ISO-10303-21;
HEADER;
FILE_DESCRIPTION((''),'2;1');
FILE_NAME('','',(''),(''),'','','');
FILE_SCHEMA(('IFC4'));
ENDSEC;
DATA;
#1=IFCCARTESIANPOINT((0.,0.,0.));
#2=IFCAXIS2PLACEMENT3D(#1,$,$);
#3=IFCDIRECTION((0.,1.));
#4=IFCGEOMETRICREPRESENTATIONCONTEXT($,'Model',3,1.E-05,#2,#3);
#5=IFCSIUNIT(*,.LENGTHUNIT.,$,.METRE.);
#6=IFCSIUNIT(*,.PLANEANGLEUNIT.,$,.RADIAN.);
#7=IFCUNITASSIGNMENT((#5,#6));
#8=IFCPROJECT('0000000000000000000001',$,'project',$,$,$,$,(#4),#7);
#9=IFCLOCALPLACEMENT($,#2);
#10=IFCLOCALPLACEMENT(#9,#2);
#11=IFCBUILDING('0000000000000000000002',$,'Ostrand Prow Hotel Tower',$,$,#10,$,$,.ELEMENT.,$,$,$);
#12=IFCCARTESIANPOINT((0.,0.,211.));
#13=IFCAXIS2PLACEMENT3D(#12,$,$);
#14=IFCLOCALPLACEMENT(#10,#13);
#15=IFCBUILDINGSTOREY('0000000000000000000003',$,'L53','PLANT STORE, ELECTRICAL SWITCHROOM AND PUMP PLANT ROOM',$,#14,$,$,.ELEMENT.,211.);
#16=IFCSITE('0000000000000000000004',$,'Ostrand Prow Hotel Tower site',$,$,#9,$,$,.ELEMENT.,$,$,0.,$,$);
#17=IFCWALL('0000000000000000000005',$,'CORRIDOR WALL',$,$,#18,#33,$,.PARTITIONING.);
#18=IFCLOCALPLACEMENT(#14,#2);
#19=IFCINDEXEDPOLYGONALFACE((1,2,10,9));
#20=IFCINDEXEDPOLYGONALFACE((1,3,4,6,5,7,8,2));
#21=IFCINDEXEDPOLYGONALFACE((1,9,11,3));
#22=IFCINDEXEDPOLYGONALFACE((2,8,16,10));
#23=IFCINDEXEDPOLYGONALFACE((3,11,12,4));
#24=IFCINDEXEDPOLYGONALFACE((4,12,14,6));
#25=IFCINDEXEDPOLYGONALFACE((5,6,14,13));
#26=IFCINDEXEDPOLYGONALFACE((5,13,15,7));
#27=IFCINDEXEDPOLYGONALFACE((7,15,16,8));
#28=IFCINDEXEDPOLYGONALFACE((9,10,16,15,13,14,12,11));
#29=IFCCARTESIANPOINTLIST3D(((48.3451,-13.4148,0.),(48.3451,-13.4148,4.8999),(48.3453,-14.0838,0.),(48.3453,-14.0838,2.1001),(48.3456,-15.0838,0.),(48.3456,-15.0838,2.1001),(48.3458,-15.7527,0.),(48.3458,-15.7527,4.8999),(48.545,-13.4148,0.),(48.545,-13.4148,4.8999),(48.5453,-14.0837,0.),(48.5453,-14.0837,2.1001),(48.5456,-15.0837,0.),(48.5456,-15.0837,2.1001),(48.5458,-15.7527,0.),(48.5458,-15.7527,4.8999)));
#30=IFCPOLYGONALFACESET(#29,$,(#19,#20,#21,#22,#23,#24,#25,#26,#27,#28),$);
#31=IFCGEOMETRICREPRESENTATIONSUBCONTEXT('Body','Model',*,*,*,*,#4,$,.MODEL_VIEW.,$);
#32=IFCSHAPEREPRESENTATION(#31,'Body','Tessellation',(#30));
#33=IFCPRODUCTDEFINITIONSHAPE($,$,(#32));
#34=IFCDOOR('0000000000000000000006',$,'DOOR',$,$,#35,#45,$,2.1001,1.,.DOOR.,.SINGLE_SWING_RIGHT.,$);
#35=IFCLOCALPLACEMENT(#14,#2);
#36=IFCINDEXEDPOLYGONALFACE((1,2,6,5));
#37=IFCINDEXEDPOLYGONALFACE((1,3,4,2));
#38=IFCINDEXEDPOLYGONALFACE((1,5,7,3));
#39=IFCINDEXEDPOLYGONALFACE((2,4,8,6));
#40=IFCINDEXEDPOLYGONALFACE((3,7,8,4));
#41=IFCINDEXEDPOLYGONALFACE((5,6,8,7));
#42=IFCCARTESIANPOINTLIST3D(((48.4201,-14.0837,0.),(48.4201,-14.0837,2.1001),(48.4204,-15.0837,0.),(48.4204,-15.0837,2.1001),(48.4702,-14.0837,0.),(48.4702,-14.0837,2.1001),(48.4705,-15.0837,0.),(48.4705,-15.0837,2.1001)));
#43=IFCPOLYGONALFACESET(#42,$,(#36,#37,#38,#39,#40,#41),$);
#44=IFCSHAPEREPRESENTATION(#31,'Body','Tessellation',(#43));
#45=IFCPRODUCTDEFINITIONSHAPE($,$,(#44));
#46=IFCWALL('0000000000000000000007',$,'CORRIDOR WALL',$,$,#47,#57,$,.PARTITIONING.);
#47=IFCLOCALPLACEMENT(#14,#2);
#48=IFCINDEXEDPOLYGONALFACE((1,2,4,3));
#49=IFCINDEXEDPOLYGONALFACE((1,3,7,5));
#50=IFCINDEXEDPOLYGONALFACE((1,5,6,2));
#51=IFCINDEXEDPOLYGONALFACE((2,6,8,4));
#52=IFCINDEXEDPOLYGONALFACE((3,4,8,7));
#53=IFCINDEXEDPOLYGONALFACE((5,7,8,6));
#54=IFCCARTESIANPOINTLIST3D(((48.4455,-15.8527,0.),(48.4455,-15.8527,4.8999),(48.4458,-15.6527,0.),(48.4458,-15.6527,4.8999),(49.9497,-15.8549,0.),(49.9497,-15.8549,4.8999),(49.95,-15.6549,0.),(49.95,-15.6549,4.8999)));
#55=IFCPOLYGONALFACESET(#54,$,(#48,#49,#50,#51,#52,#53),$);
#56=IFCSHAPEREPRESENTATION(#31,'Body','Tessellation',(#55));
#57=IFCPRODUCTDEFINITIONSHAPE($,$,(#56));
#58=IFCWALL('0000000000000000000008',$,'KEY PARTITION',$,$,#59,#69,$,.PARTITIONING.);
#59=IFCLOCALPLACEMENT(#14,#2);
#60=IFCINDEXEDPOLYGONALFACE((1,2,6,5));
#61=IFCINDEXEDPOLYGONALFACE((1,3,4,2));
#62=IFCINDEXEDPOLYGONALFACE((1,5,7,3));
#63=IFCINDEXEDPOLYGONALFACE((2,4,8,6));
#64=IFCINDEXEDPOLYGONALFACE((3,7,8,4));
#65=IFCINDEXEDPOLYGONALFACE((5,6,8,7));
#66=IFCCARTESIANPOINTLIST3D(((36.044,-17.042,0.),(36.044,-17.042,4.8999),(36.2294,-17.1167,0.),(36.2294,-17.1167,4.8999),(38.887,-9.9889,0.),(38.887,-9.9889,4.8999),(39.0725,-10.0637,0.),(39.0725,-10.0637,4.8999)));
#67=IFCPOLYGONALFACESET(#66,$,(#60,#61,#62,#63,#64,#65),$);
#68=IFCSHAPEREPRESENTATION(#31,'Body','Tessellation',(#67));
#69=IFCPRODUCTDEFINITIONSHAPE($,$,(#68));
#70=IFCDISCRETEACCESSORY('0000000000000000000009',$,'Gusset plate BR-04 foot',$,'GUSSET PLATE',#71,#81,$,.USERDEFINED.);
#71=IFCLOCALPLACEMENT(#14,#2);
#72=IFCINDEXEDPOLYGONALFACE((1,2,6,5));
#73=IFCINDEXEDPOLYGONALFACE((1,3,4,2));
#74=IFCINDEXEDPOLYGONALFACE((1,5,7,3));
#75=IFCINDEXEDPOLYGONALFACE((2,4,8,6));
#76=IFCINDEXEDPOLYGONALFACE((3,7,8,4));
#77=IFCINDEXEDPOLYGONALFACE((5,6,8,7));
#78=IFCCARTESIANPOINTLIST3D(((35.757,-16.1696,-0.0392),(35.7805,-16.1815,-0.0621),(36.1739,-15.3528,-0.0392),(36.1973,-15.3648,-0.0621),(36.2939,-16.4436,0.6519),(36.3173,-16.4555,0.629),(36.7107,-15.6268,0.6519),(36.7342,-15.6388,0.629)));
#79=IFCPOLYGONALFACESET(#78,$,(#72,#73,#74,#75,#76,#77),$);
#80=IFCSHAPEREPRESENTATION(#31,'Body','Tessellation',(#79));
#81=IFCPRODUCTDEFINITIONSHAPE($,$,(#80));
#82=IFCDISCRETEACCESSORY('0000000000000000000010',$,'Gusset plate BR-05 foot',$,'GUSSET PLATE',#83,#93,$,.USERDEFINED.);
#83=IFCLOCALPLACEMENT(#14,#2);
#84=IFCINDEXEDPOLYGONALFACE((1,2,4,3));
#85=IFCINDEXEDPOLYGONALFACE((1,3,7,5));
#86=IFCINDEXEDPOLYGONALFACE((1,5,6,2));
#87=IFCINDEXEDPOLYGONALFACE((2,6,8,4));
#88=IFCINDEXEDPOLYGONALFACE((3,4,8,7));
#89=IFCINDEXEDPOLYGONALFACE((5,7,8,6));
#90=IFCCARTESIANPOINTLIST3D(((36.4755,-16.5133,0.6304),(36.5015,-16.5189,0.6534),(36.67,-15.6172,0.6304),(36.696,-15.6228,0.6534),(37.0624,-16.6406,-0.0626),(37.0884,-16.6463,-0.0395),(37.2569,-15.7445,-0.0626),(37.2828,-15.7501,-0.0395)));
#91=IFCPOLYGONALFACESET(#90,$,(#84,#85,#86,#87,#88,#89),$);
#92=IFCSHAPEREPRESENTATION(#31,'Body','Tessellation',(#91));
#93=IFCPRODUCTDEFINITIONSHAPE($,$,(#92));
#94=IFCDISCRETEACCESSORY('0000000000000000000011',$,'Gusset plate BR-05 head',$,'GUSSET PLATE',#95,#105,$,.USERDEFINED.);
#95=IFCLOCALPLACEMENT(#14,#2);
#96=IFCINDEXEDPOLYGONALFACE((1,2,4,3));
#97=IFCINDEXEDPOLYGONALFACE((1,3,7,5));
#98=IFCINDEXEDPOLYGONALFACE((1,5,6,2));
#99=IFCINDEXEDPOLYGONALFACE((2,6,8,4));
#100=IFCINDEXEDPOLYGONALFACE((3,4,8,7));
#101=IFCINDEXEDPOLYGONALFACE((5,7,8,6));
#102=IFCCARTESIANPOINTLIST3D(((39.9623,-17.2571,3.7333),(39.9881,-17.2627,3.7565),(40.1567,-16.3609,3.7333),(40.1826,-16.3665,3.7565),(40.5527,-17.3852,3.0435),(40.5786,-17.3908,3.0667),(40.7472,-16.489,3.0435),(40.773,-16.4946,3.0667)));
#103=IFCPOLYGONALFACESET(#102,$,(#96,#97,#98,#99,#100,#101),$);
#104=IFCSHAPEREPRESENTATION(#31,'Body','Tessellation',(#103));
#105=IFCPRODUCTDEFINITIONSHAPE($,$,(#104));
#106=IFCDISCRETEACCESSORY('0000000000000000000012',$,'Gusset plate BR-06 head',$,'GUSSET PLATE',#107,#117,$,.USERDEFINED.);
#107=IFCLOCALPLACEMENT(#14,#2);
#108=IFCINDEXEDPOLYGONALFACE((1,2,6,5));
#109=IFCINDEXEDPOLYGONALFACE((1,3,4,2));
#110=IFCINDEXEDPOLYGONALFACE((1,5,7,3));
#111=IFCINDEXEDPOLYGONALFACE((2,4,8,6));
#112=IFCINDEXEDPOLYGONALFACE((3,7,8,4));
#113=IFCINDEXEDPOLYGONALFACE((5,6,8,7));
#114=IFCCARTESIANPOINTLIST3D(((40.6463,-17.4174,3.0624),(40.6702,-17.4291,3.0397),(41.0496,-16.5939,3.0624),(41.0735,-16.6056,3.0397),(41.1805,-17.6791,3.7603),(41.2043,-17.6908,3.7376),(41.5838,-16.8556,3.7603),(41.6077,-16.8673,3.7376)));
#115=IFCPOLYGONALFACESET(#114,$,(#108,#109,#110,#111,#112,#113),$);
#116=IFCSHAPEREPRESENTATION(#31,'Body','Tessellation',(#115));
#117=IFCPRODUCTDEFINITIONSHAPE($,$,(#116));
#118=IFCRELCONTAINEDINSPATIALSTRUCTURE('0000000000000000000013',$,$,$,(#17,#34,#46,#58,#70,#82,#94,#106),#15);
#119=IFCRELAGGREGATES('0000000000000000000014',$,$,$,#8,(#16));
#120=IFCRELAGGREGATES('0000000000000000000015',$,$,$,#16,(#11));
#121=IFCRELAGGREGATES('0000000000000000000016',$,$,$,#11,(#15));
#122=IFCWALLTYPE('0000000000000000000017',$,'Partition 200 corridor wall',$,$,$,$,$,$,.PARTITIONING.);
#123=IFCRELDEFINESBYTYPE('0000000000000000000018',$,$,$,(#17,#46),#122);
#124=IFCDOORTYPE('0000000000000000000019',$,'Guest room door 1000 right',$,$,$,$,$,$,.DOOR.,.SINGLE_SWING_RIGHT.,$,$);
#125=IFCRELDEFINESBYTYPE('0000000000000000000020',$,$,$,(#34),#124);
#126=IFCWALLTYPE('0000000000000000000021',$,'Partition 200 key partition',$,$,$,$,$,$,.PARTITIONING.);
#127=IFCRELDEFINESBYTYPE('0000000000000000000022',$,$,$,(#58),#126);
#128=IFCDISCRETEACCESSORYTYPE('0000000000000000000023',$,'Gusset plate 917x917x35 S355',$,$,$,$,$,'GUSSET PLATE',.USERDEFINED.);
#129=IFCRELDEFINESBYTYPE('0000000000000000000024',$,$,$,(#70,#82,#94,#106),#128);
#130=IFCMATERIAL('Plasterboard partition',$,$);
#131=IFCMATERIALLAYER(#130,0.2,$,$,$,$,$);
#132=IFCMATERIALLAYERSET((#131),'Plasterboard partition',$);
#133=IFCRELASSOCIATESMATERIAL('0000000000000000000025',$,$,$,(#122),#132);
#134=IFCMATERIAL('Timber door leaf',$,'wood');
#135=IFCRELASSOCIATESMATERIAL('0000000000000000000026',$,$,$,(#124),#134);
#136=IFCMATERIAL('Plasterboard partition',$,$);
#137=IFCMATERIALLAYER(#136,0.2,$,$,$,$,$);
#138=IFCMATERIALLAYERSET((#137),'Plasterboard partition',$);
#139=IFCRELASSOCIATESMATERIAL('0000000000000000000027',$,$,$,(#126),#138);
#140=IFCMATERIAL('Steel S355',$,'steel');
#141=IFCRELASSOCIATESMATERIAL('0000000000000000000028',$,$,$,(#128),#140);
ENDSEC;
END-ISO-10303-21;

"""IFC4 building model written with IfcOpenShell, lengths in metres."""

from ifc_helpers import new_model, si_unit, direction, frame, frame_2d, origin, origin_2d, place, context, subcontext, project, spatial, rectangle, extrude, material, layer, layer_set, material_profile, profile_set, type_object, element, fill, save


model = new_model("IFC4")

# Units and contexts
model_context = context("Model", 3, precision=1e-05, world=origin(), true_north=direction((0.0, 1.0)))
body_context = subcontext(model_context, "Body", "Model", "MODEL_VIEW")
ifc_project = project(units=[si_unit("LENGTHUNIT", "METRE"), si_unit("PLANEANGLEUNIT", "RADIAN")], contexts=[model_context])

# Site, building, storey
site_placement = place(None, origin())
site = spatial("IfcSite", under=ifc_project, at=site_placement, Name="Ostrand Prow Hotel Tower site", CompositionType="ELEMENT", RefElevation=0.0)
building_placement = place(site_placement, origin())
building = spatial("IfcBuilding", under=site, at=building_placement, Name="Ostrand Prow Hotel Tower", CompositionType="ELEMENT")
storey_placement = place(building_placement, frame((0.0, 0.0, 211.0)))
storey = spatial("IfcBuildingStorey", under=building, at=storey_placement, Name="L53", Description="PLANT STORE, ELECTRICAL SWITCHROOM AND PUMP PLANT ROOM", CompositionType="ELEMENT", Elevation=211.0)

# Shared definitions
ifc_material_1 = material(Name="Plasterboard partition")
ifc_layer_1 = layer(ifc_material_1, 0.2)
ifc_layer_set_1 = layer_set([ifc_layer_1], Name="Plasterboard partition")
wall_type_1 = type_object("IfcWallType", Name="Partition 200 corridor wall", PredefinedType="PARTITIONING", material=ifc_layer_set_1)
ifc_material_2 = material(Name="Timber door leaf", Category="wood")
door_type_1 = type_object("IfcDoorType", Name="Guest room door 1000 right", OperationType="SINGLE_SWING_RIGHT", PredefinedType="DOOR", material=ifc_material_2)

# Wall, opening, door
wall_1_placement = place(storey_placement, frame((48.4451, -13.4148, 0.0), z_axis=(0.0, 0.0, 1.0), x_axis=(0.000313, -1.0, 0.0)))
wall_1 = element("IfcWall", 1, at=wall_1_placement, inside=storey, type_object=wall_type_1, Name="CORRIDOR WALL", PredefinedType="PARTITIONING", context=body_context, shape_type="SweptSolid", body=[
    extrude(rectangle(XDim=2.3379, YDim=0.2, at=frame_2d((1.1689, 0.0))), origin(), (0.0, 0.0, 1.0), 4.8999),
])
opening_1_placement = place(wall_1_placement, frame((0.6689, 0.0, 0.0)))
opening_1 = element("IfcOpeningElement", 2, at=opening_1_placement, cuts=wall_1, PredefinedType="OPENING", context=body_context, shape_type="SweptSolid", body=[
    extrude(rectangle(XDim=1.0, YDim=2.1001, at=frame_2d((0.5, 1.05))), frame((0.0, 0.1099, 0.0), z_axis=(0.0, -1.0, 0.0), x_axis=(1.0, 0.0, 0.0)), (0.0, 0.0, 1.0), 0.22),
])
door_1_placement = place(opening_1_placement, origin())
door_1 = element("IfcDoor", 3, at=door_1_placement, inside=storey, type_object=door_type_1, Name="DOOR", OperationType="SINGLE_SWING_RIGHT", OverallHeight=2.1001, OverallWidth=1.0, PredefinedType="DOOR", context=body_context, shape_type="SweptSolid", body=[
    extrude(rectangle(XDim=1.0, YDim=2.1001, at=frame_2d((0.5, 1.05))), frame((0.0, 0.0249, 0.0), z_axis=(0.0, -1.0, 0.0), x_axis=(1.0, 0.0, 0.0)), (0.0, 0.0, 1.0), 0.05),
])
fill(opening_1, door_1)

# Walls
wall_2_placement = place(storey_placement, frame((48.4458, -15.7527, 0.0), z_axis=(0.0, 0.0, 1.0), x_axis=(0.999999, -0.001461, 0.0)))
element("IfcWall", 4, at=wall_2_placement, inside=storey, type_object=wall_type_1, Name="CORRIDOR WALL", PredefinedType="PARTITIONING", context=body_context, shape_type="SweptSolid", body=[
    extrude(rectangle(XDim=1.5042, YDim=0.2, at=frame_2d((0.752, 0.0))), origin(), (0.0, 0.0, 1.0), 4.8999),
])
ifc_material_3 = material(Name="Plasterboard partition")
ifc_layer_2 = layer(ifc_material_3, 0.2)
ifc_layer_set_2 = layer_set([ifc_layer_2], Name="Plasterboard partition")
wall_type_2 = type_object("IfcWallType", Name="Partition 200 key partition", PredefinedType="PARTITIONING", material=ifc_layer_set_2)
wall_3_placement = place(storey_placement, frame((36.1367, -17.0793, 0.0), z_axis=(0.0, 0.0, 1.0), x_axis=(0.373864, 0.927484, 0.0)))
element("IfcWall", 5, at=wall_3_placement, inside=storey, type_object=wall_type_2, Name="KEY PARTITION", PredefinedType="PARTITIONING", context=body_context, shape_type="SweptSolid", body=[
    extrude(rectangle(XDim=7.6045, YDim=0.2, at=frame_2d((3.8022, 0.0))), origin(), (0.0, 0.0, 1.0), 4.8999),
])

# Discrete accessories
ifc_material_4 = material(Name="Steel S355", Category="steel")
ifc_material_profile_1 = material_profile(ifc_material_4, rectangle(XDim=0.917, YDim=0.917, at=origin_2d()), Name="PL 917x917x35")
ifc_profile_set_1 = profile_set([ifc_material_profile_1], Name="Steel S355")
discrete_accessory_type = type_object("IfcDiscreteAccessoryType", Name="Gusset plate 917x917x35 S355", ElementType="GUSSET PLATE", PredefinedType="USERDEFINED", material=ifc_profile_set_1)
discrete_accessory_1_placement = place(storey_placement, frame((36.2573, -15.9102, 0.2834), z_axis=(-0.671263, 0.342624, 0.657278), x_axis=(-0.454621, -0.890685, 0.0)))
element("IfcDiscreteAccessory", 6, at=discrete_accessory_1_placement, inside=storey, type_object=discrete_accessory_type, Name="Gusset plate BR-04 foot", ObjectType="GUSSET PLATE", PredefinedType="USERDEFINED", context=body_context, shape_type="SweptSolid", body=[
    extrude(rectangle(XDim=0.917, YDim=0.917, at=origin_2d()), origin(), (0.0, 0.0, 1.0), 0.0349),
])
for number, where, z_axis, x_axis, name in (
    (7, (36.8662, -16.1289, 0.2839), (0.738519, -0.160245, 0.654913), (0.212047, 0.977259, 0.0), "Gusset plate BR-05 foot"),
    (8, (40.3547, -16.873, 3.3884), (0.735155, -0.159515, 0.658865), (0.212047, 0.977259, 0.0), "Gusset plate BR-05 head"),
):
    element("IfcDiscreteAccessory", number, at=place(storey_placement, frame(where, z_axis=z_axis, x_axis=x_axis)), inside=storey, type_object=discrete_accessory_type, Name=name, ObjectType="GUSSET PLATE", PredefinedType="USERDEFINED", context=body_context, shape_type="SweptSolid", body=[
        extrude(rectangle(XDim=0.917, YDim=0.917, at=origin_2d()), origin(), (0.0, 0.0, 1.0), 0.0352),
    ])
discrete_accessory_2_placement = place(storey_placement, frame((41.1389, -17.1482, 3.3887), z_axis=(-0.683512, 0.334781, 0.648639), x_axis=(-0.439867, -0.898063, 0.0)))
element("IfcDiscreteAccessory", 9, at=discrete_accessory_2_placement, inside=storey, type_object=discrete_accessory_type, Name="Gusset plate BR-06 head", ObjectType="GUSSET PLATE", PredefinedType="USERDEFINED", context=body_context, shape_type="SweptSolid", body=[
    extrude(rectangle(XDim=0.917, YDim=0.917, at=origin_2d()), origin(), (0.0, 0.0, 1.0), 0.0349),
])

save(model, "model.ifc")
